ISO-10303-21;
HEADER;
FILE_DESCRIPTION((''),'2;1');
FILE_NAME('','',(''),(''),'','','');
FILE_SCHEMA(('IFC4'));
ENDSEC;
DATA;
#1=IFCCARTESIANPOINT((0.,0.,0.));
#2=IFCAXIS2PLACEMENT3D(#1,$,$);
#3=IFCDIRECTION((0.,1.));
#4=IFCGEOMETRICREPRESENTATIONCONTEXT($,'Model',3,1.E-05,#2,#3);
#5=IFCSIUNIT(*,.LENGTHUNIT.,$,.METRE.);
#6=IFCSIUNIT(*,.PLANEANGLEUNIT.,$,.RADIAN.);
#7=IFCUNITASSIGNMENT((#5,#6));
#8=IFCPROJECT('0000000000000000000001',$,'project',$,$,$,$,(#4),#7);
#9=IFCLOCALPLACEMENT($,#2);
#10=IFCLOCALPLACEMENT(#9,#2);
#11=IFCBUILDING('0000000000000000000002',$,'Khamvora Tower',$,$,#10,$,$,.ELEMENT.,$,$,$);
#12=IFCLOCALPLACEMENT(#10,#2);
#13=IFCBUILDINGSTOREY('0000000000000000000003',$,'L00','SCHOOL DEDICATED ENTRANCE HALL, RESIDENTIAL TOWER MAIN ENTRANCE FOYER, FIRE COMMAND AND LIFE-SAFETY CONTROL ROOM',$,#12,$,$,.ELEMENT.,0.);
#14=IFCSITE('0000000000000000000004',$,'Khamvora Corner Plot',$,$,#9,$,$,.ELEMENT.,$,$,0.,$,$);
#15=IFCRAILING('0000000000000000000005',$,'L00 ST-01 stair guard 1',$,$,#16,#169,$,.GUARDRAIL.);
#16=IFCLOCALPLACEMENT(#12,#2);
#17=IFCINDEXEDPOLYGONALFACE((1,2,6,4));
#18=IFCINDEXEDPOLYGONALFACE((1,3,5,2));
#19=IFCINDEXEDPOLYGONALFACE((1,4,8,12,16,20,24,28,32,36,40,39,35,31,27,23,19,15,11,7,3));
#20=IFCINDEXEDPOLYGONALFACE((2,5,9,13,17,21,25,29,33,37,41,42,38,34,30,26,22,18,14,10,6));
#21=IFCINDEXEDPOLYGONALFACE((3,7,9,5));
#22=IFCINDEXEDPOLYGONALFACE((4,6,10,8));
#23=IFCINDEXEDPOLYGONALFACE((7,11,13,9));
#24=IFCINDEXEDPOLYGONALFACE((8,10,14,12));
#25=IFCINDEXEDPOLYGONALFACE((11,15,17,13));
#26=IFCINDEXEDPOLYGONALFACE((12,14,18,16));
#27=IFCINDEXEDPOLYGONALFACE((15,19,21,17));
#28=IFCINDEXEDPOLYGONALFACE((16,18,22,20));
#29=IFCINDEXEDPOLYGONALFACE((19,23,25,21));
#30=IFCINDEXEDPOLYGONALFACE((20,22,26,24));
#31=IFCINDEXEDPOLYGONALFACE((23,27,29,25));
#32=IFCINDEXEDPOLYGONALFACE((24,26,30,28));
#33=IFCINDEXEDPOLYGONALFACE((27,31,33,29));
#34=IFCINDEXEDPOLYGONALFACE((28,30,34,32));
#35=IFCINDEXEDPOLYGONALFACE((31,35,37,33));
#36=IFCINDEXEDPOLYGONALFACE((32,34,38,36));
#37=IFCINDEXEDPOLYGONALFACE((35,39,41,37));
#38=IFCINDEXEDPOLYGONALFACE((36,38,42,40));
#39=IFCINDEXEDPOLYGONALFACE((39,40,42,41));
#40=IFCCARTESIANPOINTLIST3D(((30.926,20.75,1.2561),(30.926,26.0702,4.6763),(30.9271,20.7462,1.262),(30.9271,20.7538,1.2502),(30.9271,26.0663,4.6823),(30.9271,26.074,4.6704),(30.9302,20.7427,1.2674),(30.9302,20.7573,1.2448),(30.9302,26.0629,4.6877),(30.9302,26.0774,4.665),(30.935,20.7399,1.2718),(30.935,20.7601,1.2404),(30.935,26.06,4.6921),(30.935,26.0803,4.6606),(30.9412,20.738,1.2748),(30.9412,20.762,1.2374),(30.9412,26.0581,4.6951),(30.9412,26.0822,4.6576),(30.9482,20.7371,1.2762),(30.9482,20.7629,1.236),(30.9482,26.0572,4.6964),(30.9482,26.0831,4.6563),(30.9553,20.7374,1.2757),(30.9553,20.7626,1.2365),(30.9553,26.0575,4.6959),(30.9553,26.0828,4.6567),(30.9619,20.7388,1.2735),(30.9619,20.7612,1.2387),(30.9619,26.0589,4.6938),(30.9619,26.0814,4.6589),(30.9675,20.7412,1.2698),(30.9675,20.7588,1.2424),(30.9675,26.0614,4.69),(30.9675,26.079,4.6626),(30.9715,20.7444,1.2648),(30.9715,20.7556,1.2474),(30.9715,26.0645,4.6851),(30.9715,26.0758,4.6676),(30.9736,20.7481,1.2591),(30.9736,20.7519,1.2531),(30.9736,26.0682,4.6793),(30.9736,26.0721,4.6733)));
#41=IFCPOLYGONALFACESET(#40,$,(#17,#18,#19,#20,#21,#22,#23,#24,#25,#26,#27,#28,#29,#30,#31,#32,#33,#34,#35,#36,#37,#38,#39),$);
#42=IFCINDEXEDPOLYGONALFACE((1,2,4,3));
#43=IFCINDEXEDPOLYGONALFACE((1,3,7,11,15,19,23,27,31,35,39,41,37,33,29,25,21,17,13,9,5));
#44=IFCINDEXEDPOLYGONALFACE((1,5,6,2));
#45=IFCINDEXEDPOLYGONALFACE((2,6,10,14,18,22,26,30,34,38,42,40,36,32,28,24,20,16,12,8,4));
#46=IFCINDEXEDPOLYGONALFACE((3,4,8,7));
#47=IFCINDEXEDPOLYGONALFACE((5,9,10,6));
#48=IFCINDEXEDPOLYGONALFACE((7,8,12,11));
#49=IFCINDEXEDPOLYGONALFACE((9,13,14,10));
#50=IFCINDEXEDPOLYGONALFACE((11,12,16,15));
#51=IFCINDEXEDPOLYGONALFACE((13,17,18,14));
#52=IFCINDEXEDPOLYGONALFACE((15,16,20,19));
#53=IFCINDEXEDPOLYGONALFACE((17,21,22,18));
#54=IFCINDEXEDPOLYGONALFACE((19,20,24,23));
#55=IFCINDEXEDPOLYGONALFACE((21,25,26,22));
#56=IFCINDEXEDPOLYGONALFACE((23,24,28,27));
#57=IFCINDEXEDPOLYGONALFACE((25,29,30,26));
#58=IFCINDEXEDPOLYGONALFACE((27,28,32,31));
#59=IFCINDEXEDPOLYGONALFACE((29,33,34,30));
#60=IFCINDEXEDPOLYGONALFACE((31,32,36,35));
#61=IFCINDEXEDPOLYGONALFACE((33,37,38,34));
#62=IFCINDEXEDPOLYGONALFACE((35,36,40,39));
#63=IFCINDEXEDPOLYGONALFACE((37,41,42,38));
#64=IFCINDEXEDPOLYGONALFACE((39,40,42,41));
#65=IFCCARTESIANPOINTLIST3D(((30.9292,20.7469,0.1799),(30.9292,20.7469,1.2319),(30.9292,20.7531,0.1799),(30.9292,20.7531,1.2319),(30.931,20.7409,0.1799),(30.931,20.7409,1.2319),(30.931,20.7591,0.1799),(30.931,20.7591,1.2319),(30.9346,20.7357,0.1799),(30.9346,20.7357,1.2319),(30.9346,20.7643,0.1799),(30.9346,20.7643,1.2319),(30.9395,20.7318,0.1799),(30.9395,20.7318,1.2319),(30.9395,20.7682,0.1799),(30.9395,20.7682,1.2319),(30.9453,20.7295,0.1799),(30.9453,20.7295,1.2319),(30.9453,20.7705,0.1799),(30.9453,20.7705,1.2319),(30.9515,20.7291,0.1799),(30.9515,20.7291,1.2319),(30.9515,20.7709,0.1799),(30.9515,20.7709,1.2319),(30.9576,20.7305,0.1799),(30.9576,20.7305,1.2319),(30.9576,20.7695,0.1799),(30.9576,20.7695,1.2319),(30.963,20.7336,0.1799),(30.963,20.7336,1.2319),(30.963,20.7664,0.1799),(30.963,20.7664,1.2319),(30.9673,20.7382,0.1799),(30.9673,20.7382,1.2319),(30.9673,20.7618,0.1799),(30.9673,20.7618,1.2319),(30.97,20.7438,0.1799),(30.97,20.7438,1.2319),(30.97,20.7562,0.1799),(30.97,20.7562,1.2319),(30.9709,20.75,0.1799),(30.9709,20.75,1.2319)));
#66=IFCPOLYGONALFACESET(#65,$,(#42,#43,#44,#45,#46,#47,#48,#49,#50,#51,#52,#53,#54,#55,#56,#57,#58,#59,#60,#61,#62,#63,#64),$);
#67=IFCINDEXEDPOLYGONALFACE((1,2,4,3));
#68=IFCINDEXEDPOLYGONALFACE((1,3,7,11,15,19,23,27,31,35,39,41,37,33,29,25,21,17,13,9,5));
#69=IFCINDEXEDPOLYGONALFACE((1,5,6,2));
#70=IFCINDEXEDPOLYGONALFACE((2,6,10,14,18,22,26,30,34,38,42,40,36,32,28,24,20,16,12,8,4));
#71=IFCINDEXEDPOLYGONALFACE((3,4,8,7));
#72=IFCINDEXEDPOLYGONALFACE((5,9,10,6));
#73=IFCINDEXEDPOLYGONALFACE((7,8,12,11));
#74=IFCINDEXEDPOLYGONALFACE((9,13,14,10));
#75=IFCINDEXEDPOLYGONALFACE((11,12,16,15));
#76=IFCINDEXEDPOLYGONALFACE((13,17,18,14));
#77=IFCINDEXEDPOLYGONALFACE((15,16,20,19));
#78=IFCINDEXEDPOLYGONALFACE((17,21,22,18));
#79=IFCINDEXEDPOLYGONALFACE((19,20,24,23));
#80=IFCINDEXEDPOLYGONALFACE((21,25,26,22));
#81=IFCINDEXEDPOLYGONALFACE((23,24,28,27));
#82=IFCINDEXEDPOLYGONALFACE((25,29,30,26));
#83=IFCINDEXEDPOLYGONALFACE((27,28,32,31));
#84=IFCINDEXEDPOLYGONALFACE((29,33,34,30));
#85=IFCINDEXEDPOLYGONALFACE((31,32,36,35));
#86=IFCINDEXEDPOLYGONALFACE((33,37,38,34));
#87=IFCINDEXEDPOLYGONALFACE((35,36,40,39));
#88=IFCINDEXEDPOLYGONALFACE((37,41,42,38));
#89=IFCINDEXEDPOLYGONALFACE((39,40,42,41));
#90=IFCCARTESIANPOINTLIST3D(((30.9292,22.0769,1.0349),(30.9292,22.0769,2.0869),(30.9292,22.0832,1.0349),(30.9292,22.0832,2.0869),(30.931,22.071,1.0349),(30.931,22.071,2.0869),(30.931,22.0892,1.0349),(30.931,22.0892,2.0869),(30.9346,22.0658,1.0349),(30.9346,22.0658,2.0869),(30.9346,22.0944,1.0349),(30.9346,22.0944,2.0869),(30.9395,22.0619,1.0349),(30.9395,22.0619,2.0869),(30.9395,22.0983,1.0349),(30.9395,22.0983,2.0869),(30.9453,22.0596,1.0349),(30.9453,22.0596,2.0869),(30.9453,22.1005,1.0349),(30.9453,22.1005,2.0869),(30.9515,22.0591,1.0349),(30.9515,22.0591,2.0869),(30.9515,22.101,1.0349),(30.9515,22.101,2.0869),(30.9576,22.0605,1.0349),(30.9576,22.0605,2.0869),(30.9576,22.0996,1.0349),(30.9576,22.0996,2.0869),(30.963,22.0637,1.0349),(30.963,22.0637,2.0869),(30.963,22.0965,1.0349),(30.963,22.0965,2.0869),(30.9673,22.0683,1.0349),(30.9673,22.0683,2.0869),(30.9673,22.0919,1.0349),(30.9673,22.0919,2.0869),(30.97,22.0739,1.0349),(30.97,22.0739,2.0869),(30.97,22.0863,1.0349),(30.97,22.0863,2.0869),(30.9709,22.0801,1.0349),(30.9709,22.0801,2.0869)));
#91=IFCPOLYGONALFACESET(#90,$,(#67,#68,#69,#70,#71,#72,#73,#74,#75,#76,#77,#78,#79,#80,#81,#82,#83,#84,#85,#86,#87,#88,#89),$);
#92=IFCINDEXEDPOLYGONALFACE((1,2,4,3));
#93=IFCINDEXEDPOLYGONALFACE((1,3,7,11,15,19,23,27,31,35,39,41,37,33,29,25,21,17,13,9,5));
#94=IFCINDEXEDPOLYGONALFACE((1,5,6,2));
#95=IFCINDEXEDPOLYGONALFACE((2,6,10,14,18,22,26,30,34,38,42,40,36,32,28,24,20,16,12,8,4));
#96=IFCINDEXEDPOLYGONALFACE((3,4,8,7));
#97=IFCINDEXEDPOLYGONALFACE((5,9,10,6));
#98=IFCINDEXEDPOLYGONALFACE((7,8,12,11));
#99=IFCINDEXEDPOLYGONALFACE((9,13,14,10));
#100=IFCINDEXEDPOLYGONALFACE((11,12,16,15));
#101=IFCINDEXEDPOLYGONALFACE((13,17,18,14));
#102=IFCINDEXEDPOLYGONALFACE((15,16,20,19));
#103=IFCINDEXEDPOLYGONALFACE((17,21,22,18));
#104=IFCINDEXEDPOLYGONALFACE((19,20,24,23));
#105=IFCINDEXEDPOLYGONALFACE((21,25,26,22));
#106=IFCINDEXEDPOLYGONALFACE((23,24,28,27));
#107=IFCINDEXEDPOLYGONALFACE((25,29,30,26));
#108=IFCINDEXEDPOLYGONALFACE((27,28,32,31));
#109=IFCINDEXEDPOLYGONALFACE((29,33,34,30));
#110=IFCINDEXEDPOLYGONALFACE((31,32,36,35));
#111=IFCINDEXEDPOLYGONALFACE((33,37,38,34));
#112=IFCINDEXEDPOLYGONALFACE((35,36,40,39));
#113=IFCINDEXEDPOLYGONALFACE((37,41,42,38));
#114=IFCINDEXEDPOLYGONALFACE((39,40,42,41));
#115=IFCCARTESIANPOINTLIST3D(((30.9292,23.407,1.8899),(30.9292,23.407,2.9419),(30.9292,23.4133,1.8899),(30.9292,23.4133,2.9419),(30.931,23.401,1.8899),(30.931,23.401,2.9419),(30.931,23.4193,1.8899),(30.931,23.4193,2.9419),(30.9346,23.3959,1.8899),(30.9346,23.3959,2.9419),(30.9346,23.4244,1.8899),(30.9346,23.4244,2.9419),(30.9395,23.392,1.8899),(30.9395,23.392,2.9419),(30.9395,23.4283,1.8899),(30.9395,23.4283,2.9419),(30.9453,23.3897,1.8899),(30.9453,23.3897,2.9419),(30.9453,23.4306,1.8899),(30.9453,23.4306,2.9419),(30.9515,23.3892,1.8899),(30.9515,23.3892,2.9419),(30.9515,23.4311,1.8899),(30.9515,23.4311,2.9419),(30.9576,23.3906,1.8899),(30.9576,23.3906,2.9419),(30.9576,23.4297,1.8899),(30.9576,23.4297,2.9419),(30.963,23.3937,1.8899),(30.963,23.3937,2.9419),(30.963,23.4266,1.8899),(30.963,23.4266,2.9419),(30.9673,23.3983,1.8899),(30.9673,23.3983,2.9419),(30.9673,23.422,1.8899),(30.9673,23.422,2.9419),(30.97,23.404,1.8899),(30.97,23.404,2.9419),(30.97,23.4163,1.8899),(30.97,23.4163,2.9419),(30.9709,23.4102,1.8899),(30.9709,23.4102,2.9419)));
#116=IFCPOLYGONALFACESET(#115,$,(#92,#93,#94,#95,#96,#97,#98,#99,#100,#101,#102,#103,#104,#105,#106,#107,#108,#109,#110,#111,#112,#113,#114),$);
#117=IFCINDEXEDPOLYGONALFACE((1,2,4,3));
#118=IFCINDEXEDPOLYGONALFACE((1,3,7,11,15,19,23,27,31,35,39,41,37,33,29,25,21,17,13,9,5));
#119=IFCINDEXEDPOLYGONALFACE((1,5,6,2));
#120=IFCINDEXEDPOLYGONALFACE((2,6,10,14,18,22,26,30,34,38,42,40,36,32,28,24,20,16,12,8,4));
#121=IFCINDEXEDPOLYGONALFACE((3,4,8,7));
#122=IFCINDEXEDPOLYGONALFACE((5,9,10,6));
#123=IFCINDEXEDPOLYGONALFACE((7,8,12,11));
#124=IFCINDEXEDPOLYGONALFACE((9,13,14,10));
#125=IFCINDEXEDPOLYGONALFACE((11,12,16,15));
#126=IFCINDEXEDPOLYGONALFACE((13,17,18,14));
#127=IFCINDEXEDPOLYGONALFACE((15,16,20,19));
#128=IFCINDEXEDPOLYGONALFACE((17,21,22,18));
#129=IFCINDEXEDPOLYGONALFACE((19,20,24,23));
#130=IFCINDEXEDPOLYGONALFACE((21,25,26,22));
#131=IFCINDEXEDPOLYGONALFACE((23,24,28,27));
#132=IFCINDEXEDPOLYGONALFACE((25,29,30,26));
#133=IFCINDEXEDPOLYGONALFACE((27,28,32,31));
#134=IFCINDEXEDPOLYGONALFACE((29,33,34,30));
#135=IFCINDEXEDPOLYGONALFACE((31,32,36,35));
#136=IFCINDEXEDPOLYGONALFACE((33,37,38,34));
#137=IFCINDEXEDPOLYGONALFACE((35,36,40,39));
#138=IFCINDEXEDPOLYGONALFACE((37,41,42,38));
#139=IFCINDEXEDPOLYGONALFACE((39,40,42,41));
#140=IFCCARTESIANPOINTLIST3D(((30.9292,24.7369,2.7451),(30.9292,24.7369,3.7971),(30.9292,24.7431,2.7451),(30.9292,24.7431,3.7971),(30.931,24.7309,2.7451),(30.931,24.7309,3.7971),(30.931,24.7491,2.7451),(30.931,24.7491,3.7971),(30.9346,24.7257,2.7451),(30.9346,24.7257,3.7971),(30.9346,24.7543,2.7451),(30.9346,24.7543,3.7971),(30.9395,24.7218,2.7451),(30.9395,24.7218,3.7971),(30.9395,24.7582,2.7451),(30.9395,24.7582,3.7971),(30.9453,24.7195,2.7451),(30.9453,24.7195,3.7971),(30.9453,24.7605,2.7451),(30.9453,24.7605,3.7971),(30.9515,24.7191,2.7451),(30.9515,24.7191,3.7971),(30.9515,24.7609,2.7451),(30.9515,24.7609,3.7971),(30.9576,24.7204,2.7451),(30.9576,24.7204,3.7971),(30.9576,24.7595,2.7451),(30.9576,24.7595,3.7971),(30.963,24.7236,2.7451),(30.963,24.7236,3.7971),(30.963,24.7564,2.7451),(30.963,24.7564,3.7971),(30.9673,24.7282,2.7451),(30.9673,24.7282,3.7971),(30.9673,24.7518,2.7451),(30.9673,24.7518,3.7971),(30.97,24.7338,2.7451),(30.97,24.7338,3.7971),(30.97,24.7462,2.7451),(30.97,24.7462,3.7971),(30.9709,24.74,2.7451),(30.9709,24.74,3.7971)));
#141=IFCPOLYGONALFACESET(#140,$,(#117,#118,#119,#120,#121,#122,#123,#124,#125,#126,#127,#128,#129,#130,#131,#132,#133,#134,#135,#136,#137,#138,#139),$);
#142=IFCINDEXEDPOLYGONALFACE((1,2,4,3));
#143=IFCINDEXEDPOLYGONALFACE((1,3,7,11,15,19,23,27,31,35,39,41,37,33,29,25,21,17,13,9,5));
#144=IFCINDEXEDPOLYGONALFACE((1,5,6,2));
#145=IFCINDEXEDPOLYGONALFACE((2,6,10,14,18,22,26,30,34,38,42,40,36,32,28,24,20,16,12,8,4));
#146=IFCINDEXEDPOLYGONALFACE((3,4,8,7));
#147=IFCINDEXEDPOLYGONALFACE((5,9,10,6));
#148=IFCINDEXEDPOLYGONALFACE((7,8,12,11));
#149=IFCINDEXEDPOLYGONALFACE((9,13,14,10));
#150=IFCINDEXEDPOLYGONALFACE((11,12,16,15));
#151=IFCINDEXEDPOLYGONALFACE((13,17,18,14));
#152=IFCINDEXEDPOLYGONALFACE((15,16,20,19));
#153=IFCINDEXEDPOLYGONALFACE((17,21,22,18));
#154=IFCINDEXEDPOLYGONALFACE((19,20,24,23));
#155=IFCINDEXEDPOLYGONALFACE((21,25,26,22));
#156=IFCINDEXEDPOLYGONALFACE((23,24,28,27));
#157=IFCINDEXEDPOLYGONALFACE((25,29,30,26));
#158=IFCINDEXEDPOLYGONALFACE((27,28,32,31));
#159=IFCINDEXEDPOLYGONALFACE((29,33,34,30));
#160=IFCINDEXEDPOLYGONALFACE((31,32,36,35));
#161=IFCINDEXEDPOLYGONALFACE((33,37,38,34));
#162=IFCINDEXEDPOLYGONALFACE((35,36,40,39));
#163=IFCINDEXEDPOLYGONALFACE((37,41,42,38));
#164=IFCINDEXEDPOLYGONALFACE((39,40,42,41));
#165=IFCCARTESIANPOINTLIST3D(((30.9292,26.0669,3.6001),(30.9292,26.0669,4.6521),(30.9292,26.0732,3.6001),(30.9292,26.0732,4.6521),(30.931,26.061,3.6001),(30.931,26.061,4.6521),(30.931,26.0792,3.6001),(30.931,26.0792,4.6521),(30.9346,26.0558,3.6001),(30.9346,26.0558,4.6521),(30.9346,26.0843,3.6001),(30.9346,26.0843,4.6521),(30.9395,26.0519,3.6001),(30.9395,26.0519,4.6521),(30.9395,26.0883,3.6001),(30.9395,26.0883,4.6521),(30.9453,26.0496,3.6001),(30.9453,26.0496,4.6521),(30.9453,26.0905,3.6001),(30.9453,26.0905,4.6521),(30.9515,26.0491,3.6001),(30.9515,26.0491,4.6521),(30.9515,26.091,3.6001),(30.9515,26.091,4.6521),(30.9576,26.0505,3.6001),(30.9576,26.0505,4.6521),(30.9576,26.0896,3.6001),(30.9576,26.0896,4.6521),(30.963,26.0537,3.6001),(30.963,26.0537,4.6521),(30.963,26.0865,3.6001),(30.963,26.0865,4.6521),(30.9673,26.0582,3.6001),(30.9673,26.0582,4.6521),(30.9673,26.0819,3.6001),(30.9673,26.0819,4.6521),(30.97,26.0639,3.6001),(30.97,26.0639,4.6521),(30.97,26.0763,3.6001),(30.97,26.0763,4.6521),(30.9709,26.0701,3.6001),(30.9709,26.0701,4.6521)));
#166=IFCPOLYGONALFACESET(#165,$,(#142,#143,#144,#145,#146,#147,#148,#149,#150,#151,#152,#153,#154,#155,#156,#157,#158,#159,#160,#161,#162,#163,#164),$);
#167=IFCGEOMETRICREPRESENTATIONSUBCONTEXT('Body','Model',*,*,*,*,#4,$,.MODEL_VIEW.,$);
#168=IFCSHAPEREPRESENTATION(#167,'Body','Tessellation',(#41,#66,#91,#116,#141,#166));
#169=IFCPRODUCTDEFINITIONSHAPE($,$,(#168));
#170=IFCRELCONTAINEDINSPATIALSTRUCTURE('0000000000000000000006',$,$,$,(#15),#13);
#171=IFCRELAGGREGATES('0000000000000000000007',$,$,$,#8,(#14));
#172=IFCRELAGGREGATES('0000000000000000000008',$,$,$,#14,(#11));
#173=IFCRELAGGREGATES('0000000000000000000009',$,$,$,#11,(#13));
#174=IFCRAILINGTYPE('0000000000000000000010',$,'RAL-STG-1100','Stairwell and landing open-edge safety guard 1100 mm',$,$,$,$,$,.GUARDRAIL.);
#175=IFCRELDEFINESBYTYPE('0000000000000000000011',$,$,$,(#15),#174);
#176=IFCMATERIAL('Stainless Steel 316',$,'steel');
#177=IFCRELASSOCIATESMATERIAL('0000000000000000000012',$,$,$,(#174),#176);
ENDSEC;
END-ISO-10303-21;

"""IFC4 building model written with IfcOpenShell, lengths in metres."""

from ifc_helpers import new_model, si_unit, direction, frame, origin, origin_2d, place, context, subcontext, project, spatial, circle, extrude, material, type_object, element, save


model = new_model("IFC4")

# Units and contexts
model_context = context("Model", 3, precision=1e-05, world=origin(), true_north=direction((0.0, 1.0)))
body_context = subcontext(model_context, "Body", "Model", "MODEL_VIEW")
ifc_project = project(units=[si_unit("LENGTHUNIT", "METRE"), si_unit("PLANEANGLEUNIT", "RADIAN")], contexts=[model_context])

# Site, building, storey
site_placement = place(None, origin())
site = spatial("IfcSite", under=ifc_project, at=site_placement, Name="Khamvora Corner Plot", CompositionType="ELEMENT", RefElevation=0.0)
building_placement = place(site_placement, origin())
building = spatial("IfcBuilding", under=site, at=building_placement, Name="Khamvora Tower", CompositionType="ELEMENT")
storey_placement = place(building_placement, origin())
storey = spatial("IfcBuildingStorey", under=building, at=storey_placement, Name="L00", Description="SCHOOL DEDICATED ENTRANCE HALL, RESIDENTIAL TOWER MAIN ENTRANCE FOYER, FIRE COMMAND AND LIFE-SAFETY CONTROL ROOM", CompositionType="ELEMENT", Elevation=0.0)

# Railing
ifc_material_1 = material(Name="Stainless Steel 316", Category="steel")
railing_type_1 = type_object("IfcRailingType", Name="RAL-STG-1100", Description="Stairwell and landing open-edge safety guard 1100 mm", PredefinedType="GUARDRAIL", material=ifc_material_1)
railing_1_placement = place(storey_placement, frame((30.95, 20.75, 0.1799)))
element("IfcRailing", 1, at=railing_1_placement, inside=storey, type_object=railing_type_1, Name="L00 ST-01 stair guard 1", PredefinedType="GUARDRAIL", context=body_context, shape_type="SweptSolid", body=[
    extrude(circle(Radius=0.0239, at=origin_2d()), frame((0.0, 0.0, 1.0762), z_axis=(0.0, 0.84117, 0.540771), x_axis=(-1.0, 0.0, 0.0)), (0.0, 0.0, 1.0), 6.3247),
    extrude(circle(Radius=0.021, at=origin_2d()), origin(), (0.0, 0.0, 1.0), 1.052),
    extrude(circle(Radius=0.021, at=origin_2d()), frame((0.0, 1.3301, 0.855)), (0.0, 0.0, 1.0), 1.052),
    extrude(circle(Radius=0.021, at=origin_2d()), frame((0.0, 2.6602, 1.71)), (0.0, 0.0, 1.0), 1.052),
    extrude(circle(Radius=0.021, at=origin_2d()), frame((0.0, 3.99, 2.5652)), (0.0, 0.0, 1.0), 1.052),
    extrude(circle(Radius=0.021, at=origin_2d()), frame((0.0, 5.3201, 3.4202)), (0.0, 0.0, 1.0), 1.052),
])

save(model, "model.ifc")
